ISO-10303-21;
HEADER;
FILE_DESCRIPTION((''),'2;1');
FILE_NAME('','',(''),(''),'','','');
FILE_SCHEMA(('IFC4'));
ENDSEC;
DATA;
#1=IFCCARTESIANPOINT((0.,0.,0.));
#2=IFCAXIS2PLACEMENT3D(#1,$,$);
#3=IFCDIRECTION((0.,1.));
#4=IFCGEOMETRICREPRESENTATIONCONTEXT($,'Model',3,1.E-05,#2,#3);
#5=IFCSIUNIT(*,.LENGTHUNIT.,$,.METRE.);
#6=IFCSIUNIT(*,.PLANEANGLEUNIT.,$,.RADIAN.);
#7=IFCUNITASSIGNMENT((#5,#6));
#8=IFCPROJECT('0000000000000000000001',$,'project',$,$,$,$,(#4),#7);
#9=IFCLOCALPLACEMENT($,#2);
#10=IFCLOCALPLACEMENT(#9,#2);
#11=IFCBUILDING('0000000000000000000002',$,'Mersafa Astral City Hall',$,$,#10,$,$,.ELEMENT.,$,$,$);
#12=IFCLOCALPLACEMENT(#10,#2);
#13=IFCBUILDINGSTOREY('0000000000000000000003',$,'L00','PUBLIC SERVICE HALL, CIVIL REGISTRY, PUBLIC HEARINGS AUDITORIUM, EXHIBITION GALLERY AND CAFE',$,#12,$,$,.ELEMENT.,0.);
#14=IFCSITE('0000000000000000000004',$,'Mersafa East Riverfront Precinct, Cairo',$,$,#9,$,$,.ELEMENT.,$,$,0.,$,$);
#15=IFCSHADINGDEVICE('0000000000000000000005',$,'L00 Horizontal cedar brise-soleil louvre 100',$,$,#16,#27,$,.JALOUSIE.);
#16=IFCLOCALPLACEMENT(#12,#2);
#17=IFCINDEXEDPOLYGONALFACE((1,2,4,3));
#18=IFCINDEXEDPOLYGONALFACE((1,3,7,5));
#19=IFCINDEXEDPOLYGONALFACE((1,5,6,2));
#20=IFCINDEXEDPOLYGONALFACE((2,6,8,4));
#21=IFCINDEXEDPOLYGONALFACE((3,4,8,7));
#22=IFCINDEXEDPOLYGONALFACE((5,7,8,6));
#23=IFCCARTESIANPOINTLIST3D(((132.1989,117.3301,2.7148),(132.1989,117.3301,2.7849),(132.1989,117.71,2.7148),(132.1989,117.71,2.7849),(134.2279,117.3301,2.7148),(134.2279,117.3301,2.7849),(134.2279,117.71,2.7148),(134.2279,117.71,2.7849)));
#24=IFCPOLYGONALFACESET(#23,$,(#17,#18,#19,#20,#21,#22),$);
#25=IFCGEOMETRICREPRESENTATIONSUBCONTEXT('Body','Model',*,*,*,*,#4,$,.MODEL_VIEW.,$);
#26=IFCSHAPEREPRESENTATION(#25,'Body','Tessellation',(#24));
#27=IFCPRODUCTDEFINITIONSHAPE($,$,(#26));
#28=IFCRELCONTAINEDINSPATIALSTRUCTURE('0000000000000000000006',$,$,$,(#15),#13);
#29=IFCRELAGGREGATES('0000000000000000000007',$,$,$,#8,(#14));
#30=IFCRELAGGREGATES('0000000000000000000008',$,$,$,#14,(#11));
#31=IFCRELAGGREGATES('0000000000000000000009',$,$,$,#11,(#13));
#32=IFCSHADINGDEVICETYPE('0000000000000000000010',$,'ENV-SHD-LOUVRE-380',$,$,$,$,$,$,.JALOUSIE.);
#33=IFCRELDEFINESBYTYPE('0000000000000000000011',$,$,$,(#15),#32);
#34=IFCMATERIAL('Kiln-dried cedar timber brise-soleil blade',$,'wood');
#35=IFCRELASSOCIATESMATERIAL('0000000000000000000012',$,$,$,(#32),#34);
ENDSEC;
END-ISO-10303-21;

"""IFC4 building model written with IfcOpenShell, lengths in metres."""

from ifc_helpers import new_model, si_unit, direction, frame, origin, origin_2d, place, context, subcontext, project, spatial, rectangle, extrude, material, type_object, element, save


model = new_model("IFC4")

# Units and contexts
model_context = context("Model", 3, precision=1e-05, world=origin(), true_north=direction((0.0, 1.0)))
body_context = subcontext(model_context, "Body", "Model", "MODEL_VIEW")
ifc_project = project(units=[si_unit("LENGTHUNIT", "METRE"), si_unit("PLANEANGLEUNIT", "RADIAN")], contexts=[model_context])

# Site, building, storey
site_placement = place(None, origin())
site = spatial("IfcSite", under=ifc_project, at=site_placement, Name="Mersafa East Riverfront Precinct, Cairo", CompositionType="ELEMENT", RefElevation=0.0)
building_placement = place(site_placement, origin())
building = spatial("IfcBuilding", under=site, at=building_placement, Name="Mersafa Astral City Hall", CompositionType="ELEMENT")
storey_placement = place(building_placement, origin())
storey = spatial("IfcBuildingStorey", under=building, at=storey_placement, Name="L00", Description="PUBLIC SERVICE HALL, CIVIL REGISTRY, PUBLIC HEARINGS AUDITORIUM, EXHIBITION GALLERY AND CAFE", CompositionType="ELEMENT", Elevation=0.0)

# Shading device
ifc_material_1 = material(Name="Kiln-dried cedar timber brise-soleil blade", Category="wood")
shading_device_type_1 = type_object("IfcShadingDeviceType", Name="ENV-SHD-LOUVRE-380", PredefinedType="JALOUSIE", material=ifc_material_1)
for number, where, z_axis, x_axis, name in (
    (1, (133.2134, 117.52, 2.7148), (0.0, 0.0, 1.0), (1.0, 0.0, 0.0), "L00 Horizontal cedar brise-soleil louvre 100"),
):
    element("IfcShadingDevice", number, at=place(storey_placement, frame(where, z_axis=z_axis, x_axis=x_axis)), inside=storey, type_object=shading_device_type_1, Name=name, PredefinedType="JALOUSIE", context=body_context, shape_type="SweptSolid", body=[
        extrude(rectangle(XDim=2.0291, YDim=0.3799, at=origin_2d()), origin(), (0.0, 0.0, 1.0), 0.0701),
    ])

save(model, "model.ifc")
